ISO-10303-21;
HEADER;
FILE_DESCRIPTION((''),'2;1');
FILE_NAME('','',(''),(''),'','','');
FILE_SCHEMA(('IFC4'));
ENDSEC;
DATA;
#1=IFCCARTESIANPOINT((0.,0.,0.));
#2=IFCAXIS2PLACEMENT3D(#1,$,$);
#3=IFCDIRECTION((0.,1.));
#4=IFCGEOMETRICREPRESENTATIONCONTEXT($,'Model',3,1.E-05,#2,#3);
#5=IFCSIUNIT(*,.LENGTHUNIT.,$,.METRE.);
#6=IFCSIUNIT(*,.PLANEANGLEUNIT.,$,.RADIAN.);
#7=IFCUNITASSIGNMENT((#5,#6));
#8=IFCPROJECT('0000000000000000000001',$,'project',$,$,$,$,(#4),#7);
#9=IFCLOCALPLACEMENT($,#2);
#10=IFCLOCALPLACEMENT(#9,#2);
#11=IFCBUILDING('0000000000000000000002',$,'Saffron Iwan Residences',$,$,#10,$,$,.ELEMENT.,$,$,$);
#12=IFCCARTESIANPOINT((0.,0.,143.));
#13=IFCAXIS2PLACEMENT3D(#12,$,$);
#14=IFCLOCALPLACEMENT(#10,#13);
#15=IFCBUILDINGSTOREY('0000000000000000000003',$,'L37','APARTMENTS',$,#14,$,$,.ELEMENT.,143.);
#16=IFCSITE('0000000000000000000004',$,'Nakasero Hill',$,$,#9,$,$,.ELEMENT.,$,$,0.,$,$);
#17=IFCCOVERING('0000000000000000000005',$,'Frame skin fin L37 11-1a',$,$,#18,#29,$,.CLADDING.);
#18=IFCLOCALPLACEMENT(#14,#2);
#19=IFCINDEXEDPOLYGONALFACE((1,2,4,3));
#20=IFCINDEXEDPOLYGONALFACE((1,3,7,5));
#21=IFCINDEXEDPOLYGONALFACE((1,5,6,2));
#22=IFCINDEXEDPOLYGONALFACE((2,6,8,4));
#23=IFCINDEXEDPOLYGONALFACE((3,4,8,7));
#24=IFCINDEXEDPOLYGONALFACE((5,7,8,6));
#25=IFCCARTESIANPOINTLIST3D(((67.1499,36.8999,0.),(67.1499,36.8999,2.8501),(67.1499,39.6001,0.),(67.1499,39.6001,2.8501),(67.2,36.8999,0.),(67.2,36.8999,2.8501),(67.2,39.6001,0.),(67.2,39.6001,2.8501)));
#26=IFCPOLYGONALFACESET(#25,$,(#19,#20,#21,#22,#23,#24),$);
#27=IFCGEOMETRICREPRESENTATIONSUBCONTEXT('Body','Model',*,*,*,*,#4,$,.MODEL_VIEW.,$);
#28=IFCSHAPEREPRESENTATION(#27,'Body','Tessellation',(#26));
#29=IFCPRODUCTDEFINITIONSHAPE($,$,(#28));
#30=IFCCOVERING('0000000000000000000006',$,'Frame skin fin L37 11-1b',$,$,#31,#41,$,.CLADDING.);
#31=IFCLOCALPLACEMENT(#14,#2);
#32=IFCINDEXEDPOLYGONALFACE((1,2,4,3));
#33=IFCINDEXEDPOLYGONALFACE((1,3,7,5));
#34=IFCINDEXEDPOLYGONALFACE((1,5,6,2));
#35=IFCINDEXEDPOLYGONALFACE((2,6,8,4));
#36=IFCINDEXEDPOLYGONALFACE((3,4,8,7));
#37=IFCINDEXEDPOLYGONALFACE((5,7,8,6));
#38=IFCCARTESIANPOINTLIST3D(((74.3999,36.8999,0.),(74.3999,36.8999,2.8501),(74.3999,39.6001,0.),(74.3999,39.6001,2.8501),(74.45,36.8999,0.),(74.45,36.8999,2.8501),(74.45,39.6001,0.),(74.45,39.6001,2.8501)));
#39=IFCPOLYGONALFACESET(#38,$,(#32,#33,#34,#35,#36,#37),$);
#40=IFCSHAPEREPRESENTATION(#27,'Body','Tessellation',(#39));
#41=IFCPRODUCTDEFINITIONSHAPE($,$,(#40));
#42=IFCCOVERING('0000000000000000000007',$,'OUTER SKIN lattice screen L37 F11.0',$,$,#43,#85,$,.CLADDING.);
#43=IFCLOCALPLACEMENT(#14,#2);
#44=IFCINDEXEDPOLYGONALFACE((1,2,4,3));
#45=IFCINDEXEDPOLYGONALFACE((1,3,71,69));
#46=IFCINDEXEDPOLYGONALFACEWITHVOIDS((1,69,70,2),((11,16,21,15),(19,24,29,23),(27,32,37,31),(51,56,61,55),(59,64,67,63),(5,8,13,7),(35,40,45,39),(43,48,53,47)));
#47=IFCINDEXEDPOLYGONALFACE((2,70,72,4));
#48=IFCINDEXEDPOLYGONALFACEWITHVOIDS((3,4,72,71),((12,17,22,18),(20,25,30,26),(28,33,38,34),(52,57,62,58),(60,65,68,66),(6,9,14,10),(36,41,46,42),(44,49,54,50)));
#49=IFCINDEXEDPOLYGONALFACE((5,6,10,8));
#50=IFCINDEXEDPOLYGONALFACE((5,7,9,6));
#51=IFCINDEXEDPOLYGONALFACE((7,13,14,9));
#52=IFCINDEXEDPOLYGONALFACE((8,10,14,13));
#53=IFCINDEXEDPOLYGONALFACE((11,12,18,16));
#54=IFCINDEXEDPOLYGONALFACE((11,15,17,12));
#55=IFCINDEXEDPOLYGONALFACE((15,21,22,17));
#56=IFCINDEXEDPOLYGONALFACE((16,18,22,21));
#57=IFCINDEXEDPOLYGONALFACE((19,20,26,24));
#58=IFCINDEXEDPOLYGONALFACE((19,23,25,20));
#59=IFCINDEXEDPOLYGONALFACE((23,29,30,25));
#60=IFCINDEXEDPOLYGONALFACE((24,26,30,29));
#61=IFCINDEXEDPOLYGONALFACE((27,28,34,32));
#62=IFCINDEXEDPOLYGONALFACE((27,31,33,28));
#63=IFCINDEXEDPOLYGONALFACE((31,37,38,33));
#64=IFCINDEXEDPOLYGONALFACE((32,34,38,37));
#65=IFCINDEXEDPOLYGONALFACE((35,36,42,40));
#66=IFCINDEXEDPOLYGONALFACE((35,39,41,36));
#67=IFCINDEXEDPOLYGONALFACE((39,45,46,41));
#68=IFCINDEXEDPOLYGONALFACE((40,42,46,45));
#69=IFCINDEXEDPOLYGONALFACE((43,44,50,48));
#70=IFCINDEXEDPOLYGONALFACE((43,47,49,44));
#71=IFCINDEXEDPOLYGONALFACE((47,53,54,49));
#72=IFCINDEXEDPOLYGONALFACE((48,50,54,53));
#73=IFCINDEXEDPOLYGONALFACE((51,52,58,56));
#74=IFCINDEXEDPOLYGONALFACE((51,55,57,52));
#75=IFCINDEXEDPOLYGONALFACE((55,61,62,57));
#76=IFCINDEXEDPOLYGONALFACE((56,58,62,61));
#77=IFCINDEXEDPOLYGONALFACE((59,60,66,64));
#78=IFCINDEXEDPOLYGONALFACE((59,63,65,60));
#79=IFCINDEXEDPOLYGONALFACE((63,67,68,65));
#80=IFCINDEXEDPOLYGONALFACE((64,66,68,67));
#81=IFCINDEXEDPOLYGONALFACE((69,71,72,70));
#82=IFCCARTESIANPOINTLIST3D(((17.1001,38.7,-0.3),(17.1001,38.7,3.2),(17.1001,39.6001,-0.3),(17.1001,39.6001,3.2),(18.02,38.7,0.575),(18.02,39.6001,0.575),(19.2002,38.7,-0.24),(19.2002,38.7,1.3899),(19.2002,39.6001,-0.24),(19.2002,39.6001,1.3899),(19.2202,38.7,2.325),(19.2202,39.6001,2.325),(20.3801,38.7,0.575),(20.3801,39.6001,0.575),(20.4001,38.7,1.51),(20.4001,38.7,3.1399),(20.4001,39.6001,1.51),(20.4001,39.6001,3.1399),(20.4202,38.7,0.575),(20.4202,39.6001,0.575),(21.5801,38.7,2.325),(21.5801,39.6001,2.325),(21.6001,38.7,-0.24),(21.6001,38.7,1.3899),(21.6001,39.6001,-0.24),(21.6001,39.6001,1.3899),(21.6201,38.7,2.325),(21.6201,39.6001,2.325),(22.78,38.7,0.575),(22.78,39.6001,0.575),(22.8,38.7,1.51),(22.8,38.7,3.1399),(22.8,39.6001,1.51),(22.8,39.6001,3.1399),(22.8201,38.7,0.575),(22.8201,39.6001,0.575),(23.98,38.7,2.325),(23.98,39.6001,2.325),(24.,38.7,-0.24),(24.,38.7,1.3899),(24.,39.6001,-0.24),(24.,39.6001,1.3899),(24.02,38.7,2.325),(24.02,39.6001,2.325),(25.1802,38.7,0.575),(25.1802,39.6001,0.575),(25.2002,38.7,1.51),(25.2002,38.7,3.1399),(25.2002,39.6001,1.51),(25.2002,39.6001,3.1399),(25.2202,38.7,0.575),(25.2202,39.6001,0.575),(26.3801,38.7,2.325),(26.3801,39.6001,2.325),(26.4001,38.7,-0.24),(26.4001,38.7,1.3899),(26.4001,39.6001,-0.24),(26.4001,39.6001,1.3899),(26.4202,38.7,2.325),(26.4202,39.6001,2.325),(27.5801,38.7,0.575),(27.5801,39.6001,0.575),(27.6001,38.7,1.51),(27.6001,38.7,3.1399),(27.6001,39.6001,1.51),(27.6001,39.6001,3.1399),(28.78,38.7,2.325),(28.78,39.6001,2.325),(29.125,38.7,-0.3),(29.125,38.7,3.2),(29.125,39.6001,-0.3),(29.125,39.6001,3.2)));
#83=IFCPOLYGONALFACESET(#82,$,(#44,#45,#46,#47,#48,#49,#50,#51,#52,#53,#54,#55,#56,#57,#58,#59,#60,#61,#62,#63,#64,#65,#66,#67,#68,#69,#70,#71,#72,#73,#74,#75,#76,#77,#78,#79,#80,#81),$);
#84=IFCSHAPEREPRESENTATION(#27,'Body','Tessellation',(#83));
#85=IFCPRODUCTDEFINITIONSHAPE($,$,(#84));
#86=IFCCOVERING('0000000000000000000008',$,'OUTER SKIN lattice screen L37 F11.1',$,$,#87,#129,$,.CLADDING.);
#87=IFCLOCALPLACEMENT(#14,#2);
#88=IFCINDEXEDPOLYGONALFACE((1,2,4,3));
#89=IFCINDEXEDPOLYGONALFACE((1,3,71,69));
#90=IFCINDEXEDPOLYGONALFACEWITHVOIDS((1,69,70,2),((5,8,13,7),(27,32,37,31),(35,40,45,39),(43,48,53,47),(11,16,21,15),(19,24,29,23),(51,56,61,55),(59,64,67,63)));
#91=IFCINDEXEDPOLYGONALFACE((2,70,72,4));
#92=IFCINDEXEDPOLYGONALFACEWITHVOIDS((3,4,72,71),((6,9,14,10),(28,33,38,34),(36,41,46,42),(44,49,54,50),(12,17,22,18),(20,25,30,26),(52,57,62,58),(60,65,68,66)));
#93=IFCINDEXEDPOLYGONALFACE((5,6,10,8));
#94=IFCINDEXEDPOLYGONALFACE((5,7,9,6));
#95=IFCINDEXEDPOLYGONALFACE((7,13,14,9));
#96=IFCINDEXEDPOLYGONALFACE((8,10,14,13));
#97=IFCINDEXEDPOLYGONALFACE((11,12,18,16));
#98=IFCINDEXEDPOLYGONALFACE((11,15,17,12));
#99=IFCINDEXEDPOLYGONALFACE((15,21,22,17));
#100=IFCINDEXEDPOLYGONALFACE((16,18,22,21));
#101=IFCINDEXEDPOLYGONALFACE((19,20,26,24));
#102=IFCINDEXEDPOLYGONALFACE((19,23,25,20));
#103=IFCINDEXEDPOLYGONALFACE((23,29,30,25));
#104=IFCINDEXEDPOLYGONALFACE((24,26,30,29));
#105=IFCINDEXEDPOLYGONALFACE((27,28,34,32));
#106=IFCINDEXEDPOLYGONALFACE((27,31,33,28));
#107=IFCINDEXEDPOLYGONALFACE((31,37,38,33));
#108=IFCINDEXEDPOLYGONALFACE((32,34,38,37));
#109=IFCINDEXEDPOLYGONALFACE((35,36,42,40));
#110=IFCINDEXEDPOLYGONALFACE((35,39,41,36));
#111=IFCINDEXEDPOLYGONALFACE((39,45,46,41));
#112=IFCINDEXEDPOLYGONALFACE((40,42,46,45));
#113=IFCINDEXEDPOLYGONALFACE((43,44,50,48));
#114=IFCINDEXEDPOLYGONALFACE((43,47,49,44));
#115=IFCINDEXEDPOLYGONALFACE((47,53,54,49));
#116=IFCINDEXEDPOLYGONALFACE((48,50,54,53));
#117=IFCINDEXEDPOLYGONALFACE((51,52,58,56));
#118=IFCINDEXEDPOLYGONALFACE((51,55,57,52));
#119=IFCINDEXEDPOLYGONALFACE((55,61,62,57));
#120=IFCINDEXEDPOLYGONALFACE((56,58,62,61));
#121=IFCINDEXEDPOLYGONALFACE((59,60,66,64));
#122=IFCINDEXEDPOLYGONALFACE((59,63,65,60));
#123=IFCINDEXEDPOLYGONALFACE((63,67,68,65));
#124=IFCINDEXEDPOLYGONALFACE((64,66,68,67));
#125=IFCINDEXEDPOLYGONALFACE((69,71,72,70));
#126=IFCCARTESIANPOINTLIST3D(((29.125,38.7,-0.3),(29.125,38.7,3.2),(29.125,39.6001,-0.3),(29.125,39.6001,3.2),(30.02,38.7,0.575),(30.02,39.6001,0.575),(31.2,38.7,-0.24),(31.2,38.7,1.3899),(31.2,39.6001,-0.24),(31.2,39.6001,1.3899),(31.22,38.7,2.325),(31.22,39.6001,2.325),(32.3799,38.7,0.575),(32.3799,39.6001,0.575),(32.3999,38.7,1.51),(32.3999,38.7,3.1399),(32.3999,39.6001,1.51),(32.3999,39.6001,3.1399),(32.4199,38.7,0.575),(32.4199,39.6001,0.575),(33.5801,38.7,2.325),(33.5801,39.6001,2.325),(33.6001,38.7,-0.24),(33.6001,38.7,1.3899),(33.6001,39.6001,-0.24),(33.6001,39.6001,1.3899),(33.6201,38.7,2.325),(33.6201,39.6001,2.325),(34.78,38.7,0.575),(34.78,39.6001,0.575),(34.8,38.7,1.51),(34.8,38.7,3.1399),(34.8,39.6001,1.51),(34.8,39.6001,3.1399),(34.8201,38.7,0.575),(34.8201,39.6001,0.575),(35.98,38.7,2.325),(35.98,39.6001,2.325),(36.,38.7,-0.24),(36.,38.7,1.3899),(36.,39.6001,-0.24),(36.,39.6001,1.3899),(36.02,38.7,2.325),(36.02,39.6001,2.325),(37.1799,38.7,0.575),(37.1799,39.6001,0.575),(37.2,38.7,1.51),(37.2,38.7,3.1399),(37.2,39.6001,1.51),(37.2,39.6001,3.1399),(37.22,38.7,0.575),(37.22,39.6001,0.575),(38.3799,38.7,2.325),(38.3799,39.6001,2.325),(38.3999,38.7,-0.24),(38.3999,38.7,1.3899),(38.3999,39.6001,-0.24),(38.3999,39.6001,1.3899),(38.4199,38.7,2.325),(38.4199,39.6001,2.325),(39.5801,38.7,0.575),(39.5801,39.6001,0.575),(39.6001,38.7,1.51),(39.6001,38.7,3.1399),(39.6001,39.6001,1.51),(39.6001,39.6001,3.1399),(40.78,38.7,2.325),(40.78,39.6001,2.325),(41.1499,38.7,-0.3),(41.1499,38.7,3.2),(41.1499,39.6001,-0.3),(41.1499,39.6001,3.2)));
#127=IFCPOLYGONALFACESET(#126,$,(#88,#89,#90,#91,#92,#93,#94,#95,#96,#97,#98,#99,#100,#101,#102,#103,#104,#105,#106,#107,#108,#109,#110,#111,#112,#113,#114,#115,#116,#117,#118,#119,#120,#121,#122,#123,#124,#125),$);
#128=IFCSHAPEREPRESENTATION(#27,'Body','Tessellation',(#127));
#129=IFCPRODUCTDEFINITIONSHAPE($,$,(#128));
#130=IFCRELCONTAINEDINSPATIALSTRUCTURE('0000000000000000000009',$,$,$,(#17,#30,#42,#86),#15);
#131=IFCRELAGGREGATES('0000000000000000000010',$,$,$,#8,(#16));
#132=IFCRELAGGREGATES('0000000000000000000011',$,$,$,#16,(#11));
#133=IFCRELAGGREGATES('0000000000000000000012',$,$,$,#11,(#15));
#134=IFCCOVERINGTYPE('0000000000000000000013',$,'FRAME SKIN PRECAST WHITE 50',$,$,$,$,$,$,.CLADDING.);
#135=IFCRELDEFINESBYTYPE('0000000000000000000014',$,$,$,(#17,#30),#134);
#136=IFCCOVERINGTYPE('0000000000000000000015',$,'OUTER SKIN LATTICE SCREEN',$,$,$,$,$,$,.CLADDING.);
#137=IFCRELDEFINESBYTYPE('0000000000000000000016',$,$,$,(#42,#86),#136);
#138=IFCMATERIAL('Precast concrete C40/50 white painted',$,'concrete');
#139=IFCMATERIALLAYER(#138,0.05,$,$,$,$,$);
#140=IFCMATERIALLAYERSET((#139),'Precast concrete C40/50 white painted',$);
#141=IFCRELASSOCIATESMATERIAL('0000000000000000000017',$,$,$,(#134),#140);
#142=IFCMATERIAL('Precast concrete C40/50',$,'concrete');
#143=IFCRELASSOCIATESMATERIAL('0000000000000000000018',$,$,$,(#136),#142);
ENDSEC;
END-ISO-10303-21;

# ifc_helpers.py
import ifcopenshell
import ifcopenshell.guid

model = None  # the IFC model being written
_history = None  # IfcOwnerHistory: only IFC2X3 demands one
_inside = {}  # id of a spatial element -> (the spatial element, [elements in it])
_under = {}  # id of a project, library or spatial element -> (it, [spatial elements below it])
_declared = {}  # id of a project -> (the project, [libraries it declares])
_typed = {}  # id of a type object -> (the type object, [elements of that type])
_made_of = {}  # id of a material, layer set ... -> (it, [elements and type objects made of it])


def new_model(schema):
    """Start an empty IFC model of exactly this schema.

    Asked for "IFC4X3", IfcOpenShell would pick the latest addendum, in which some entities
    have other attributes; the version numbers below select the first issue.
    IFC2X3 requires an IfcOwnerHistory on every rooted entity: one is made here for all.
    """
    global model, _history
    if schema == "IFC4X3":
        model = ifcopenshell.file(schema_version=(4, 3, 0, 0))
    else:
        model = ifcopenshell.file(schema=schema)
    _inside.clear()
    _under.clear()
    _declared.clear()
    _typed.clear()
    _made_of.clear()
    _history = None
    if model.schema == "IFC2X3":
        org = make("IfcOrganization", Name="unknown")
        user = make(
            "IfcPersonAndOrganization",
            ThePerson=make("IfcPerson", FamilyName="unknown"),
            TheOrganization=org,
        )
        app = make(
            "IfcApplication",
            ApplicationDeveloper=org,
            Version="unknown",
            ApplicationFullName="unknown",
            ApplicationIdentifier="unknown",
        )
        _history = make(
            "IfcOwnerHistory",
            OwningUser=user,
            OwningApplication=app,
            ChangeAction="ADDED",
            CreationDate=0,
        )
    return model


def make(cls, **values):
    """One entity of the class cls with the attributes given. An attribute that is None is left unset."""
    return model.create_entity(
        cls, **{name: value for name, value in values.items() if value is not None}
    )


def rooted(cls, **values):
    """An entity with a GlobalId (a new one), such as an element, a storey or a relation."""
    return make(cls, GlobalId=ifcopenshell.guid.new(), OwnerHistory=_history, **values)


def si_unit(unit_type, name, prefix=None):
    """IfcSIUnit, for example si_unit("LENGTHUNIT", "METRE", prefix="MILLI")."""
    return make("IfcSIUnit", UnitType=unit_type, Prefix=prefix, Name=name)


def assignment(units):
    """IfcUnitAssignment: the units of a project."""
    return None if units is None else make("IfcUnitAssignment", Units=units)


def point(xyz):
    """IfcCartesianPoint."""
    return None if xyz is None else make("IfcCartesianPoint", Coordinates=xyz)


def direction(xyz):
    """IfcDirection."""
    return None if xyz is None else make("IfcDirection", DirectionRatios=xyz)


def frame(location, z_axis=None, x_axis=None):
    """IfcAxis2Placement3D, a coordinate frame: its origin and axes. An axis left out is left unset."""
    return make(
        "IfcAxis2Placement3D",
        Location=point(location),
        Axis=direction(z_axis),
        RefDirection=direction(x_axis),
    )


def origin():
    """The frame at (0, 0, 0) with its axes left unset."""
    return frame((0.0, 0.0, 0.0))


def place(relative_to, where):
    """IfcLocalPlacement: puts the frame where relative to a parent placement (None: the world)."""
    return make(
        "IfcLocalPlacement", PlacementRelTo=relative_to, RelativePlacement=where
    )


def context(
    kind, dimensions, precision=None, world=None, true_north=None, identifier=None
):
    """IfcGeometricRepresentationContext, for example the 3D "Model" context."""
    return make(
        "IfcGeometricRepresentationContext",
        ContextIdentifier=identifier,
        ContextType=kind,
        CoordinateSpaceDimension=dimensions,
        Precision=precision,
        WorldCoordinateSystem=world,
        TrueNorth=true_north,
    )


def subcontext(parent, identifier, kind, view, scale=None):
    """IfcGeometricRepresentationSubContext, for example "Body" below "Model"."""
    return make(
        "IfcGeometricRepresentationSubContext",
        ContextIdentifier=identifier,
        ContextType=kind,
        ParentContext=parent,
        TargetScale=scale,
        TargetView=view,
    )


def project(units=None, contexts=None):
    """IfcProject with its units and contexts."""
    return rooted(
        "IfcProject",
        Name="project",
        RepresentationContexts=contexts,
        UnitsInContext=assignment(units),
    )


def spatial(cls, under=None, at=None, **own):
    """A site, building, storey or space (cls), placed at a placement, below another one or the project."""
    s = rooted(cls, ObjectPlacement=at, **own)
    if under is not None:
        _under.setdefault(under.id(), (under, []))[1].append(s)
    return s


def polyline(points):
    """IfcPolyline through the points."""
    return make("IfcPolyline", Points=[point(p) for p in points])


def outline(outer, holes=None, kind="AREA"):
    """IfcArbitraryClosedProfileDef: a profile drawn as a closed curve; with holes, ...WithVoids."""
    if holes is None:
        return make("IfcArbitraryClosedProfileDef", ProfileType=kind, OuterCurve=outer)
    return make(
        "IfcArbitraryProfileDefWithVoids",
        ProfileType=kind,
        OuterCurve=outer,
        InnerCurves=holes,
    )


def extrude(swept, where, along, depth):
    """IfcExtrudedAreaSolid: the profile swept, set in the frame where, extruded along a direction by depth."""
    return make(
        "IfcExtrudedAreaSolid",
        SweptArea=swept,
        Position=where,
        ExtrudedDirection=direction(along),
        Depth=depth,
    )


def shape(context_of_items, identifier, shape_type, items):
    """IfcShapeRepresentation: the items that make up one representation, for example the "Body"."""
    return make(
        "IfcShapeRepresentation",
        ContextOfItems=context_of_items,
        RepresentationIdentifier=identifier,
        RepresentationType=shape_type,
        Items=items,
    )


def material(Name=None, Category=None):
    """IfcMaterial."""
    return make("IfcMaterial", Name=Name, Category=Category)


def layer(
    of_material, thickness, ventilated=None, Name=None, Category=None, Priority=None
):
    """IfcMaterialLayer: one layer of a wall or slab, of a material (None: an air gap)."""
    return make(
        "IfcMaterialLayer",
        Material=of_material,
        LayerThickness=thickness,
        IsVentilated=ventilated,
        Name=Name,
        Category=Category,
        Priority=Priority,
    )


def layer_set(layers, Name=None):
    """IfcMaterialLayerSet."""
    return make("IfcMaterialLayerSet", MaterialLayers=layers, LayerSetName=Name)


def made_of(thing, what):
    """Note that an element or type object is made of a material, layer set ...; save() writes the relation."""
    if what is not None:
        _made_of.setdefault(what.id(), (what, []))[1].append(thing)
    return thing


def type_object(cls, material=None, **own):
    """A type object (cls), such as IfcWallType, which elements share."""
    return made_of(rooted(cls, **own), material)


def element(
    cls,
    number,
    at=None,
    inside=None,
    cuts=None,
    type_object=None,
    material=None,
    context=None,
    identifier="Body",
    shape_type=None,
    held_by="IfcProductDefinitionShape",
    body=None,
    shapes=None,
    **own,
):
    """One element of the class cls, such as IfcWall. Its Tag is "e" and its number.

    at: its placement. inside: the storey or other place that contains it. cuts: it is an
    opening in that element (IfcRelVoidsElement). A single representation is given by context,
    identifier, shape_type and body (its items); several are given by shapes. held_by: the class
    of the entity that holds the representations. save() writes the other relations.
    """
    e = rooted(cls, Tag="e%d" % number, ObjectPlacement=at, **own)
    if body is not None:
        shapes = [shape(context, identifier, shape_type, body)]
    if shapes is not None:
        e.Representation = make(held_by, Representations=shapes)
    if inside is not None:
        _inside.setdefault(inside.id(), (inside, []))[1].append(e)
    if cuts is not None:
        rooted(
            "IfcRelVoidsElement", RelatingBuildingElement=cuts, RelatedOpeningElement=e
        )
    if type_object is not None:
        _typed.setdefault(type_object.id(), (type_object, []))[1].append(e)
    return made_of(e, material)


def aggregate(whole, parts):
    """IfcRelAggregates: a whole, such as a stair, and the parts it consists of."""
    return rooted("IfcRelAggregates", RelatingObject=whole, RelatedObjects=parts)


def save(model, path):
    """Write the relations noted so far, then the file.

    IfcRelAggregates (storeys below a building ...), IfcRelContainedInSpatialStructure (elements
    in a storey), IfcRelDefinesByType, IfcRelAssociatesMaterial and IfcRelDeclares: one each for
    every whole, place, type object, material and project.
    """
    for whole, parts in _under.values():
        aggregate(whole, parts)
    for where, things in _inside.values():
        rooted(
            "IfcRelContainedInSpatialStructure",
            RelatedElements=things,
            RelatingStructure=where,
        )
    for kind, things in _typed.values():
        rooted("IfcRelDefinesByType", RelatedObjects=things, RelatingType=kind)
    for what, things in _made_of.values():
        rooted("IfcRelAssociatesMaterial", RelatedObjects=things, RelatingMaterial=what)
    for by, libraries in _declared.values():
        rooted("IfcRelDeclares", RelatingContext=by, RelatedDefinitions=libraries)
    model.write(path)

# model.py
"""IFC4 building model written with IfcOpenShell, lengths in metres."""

from ifc_helpers import new_model, si_unit, direction, frame, origin, place, context, subcontext, project, spatial, polyline, outline, extrude, material, layer, layer_set, type_object, element, save


model = new_model("IFC4")

# Units and contexts
model_context = context("Model", 3, precision=1e-05, world=origin(), true_north=direction((0.0, 1.0)))
body_context = subcontext(model_context, "Body", "Model", "MODEL_VIEW")
ifc_project = project(units=[si_unit("LENGTHUNIT", "METRE"), si_unit("PLANEANGLEUNIT", "RADIAN")], contexts=[model_context])

# Site, building, storey
site_placement = place(None, origin())
site = spatial("IfcSite", under=ifc_project, at=site_placement, Name="Nakasero Hill", CompositionType="ELEMENT", RefElevation=0.0)
building_placement = place(site_placement, origin())
building = spatial("IfcBuilding", under=site, at=building_placement, Name="Saffron Iwan Residences", CompositionType="ELEMENT")
storey_placement = place(building_placement, frame((0.0, 0.0, 143.0)))
storey = spatial("IfcBuildingStorey", under=building, at=storey_placement, Name="L37", Description="APARTMENTS", CompositionType="ELEMENT", Elevation=143.0)

# Coverings
ifc_material_1 = material(Name="Precast concrete C40/50 white painted", Category="concrete")
ifc_layer_1 = layer(ifc_material_1, 0.05)
ifc_layer_set_1 = layer_set([ifc_layer_1], Name="Precast concrete C40/50 white painted")
covering_type_1 = type_object("IfcCoveringType", Name="FRAME SKIN PRECAST WHITE 50", PredefinedType="CLADDING", material=ifc_layer_set_1)
covering_1_placement = place(storey_placement, origin())
element("IfcCovering", 1, at=covering_1_placement, inside=storey, type_object=covering_type_1, Name="Frame skin fin L37 11-1a", PredefinedType="CLADDING", context=body_context, shape_type="SweptSolid", body=[
    extrude(outline(polyline([(67.1499, 36.8999), (67.2, 36.8999), (67.2, 39.6001), (67.1499, 39.6001), (67.1499, 36.8999)])), origin(), (0.0, 0.0, 1.0), 2.8501),
])
covering_2_placement = place(storey_placement, origin())
element("IfcCovering", 2, at=covering_2_placement, inside=storey, type_object=covering_type_1, Name="Frame skin fin L37 11-1b", PredefinedType="CLADDING", context=body_context, shape_type="SweptSolid", body=[
    extrude(outline(polyline([(74.3999, 36.8999), (74.45, 36.8999), (74.45, 39.6001), (74.3999, 39.6001), (74.3999, 36.8999)])), origin(), (0.0, 0.0, 1.0), 2.8501),
])
ifc_material_2 = material(Name="Precast concrete C40/50", Category="concrete")
covering_type_2 = type_object("IfcCoveringType", Name="OUTER SKIN LATTICE SCREEN", PredefinedType="CLADDING", material=ifc_material_2)
covering_3_placement = place(storey_placement, frame((17.1001, 39.6001, -0.3), z_axis=(0.0, -1.0, 0.0), x_axis=(1.0, 0.0, 0.0)))
element("IfcCovering", 3, at=covering_3_placement, inside=storey, type_object=covering_type_2, Name="OUTER SKIN lattice screen L37 F11.0", PredefinedType="CLADDING", context=body_context, shape_type="SweptSolid", body=[
    extrude(outline(polyline([(0.0, 0.0), (12.0249, 0.0), (12.0249, 3.5), (0.0, 3.5), (0.0, 0.0)]), holes=[polyline([(0.9199, 0.875), (2.1001, 0.0601), (3.28, 0.875), (2.1001, 1.6899), (0.9199, 0.875)]), polyline([(3.3201, 0.875), (4.5, 0.0601), (5.6799, 0.875), (4.5, 1.6899), (3.3201, 0.875)]), polyline([(5.72, 0.875), (6.8999, 0.0601), (8.0801, 0.875), (6.8999, 1.6899), (5.72, 0.875)]), polyline([(8.1201, 0.875), (9.3, 0.0601), (10.48, 0.875), (9.3, 1.6899), (8.1201, 0.875)]), polyline([(2.1201, 2.625), (3.3, 1.8101), (4.48, 2.625), (3.3, 3.4399), (2.1201, 2.625)]), polyline([(4.52, 2.625), (5.7, 1.8101), (6.8799, 2.625), (5.7, 3.4399), (4.52, 2.625)]), polyline([(6.9199, 2.625), (8.1001, 1.8101), (9.28, 2.625), (8.1001, 3.4399), (6.9199, 2.625)]), polyline([(9.3201, 2.625), (10.5, 1.8101), (11.6799, 2.625), (10.5, 3.4399), (9.3201, 2.625)])]), origin(), (0.0, 0.0, 1.0), 0.9001),
])
covering_4_placement = place(storey_placement, frame((29.125, 39.6001, -0.3), z_axis=(0.0, -1.0, 0.0), x_axis=(1.0, 0.0, 0.0)))
element("IfcCovering", 4, at=covering_4_placement, inside=storey, type_object=covering_type_2, Name="OUTER SKIN lattice screen L37 F11.1", PredefinedType="CLADDING", context=body_context, shape_type="SweptSolid", body=[
    extrude(outline(polyline([(0.0, 0.0), (12.0249, 0.0), (12.0249, 3.5), (0.0, 3.5), (0.0, 0.0)]), holes=[polyline([(0.895, 0.875), (2.075, 0.0601), (3.2549, 0.875), (2.075, 1.6899), (0.895, 0.875)]), polyline([(3.2949, 0.875), (4.4751, 0.0601), (5.655, 0.875), (4.4751, 1.6899), (3.2949, 0.875)]), polyline([(5.6951, 0.875), (6.875, 0.0601), (8.0549, 0.875), (6.875, 1.6899), (5.6951, 0.875)]), polyline([(8.095, 0.875), (9.2749, 0.0601), (10.4551, 0.875), (9.2749, 1.6899), (8.095, 0.875)]), polyline([(2.095, 2.625), (3.2749, 1.8101), (4.4551, 2.625), (3.2749, 3.4399), (2.095, 2.625)]), polyline([(4.4951, 2.625), (5.675, 1.8101), (6.855, 2.625), (5.675, 3.4399), (4.4951, 2.625)]), polyline([(6.895, 2.625), (8.075, 1.8101), (9.2549, 2.625), (8.075, 3.4399), (6.895, 2.625)]), polyline([(9.2949, 2.625), (10.4751, 1.8101), (11.655, 2.625), (10.4751, 3.4399), (9.2949, 2.625)])]), origin(), (0.0, 0.0, 1.0), 0.9001),
])

save(model, "model.ifc")
